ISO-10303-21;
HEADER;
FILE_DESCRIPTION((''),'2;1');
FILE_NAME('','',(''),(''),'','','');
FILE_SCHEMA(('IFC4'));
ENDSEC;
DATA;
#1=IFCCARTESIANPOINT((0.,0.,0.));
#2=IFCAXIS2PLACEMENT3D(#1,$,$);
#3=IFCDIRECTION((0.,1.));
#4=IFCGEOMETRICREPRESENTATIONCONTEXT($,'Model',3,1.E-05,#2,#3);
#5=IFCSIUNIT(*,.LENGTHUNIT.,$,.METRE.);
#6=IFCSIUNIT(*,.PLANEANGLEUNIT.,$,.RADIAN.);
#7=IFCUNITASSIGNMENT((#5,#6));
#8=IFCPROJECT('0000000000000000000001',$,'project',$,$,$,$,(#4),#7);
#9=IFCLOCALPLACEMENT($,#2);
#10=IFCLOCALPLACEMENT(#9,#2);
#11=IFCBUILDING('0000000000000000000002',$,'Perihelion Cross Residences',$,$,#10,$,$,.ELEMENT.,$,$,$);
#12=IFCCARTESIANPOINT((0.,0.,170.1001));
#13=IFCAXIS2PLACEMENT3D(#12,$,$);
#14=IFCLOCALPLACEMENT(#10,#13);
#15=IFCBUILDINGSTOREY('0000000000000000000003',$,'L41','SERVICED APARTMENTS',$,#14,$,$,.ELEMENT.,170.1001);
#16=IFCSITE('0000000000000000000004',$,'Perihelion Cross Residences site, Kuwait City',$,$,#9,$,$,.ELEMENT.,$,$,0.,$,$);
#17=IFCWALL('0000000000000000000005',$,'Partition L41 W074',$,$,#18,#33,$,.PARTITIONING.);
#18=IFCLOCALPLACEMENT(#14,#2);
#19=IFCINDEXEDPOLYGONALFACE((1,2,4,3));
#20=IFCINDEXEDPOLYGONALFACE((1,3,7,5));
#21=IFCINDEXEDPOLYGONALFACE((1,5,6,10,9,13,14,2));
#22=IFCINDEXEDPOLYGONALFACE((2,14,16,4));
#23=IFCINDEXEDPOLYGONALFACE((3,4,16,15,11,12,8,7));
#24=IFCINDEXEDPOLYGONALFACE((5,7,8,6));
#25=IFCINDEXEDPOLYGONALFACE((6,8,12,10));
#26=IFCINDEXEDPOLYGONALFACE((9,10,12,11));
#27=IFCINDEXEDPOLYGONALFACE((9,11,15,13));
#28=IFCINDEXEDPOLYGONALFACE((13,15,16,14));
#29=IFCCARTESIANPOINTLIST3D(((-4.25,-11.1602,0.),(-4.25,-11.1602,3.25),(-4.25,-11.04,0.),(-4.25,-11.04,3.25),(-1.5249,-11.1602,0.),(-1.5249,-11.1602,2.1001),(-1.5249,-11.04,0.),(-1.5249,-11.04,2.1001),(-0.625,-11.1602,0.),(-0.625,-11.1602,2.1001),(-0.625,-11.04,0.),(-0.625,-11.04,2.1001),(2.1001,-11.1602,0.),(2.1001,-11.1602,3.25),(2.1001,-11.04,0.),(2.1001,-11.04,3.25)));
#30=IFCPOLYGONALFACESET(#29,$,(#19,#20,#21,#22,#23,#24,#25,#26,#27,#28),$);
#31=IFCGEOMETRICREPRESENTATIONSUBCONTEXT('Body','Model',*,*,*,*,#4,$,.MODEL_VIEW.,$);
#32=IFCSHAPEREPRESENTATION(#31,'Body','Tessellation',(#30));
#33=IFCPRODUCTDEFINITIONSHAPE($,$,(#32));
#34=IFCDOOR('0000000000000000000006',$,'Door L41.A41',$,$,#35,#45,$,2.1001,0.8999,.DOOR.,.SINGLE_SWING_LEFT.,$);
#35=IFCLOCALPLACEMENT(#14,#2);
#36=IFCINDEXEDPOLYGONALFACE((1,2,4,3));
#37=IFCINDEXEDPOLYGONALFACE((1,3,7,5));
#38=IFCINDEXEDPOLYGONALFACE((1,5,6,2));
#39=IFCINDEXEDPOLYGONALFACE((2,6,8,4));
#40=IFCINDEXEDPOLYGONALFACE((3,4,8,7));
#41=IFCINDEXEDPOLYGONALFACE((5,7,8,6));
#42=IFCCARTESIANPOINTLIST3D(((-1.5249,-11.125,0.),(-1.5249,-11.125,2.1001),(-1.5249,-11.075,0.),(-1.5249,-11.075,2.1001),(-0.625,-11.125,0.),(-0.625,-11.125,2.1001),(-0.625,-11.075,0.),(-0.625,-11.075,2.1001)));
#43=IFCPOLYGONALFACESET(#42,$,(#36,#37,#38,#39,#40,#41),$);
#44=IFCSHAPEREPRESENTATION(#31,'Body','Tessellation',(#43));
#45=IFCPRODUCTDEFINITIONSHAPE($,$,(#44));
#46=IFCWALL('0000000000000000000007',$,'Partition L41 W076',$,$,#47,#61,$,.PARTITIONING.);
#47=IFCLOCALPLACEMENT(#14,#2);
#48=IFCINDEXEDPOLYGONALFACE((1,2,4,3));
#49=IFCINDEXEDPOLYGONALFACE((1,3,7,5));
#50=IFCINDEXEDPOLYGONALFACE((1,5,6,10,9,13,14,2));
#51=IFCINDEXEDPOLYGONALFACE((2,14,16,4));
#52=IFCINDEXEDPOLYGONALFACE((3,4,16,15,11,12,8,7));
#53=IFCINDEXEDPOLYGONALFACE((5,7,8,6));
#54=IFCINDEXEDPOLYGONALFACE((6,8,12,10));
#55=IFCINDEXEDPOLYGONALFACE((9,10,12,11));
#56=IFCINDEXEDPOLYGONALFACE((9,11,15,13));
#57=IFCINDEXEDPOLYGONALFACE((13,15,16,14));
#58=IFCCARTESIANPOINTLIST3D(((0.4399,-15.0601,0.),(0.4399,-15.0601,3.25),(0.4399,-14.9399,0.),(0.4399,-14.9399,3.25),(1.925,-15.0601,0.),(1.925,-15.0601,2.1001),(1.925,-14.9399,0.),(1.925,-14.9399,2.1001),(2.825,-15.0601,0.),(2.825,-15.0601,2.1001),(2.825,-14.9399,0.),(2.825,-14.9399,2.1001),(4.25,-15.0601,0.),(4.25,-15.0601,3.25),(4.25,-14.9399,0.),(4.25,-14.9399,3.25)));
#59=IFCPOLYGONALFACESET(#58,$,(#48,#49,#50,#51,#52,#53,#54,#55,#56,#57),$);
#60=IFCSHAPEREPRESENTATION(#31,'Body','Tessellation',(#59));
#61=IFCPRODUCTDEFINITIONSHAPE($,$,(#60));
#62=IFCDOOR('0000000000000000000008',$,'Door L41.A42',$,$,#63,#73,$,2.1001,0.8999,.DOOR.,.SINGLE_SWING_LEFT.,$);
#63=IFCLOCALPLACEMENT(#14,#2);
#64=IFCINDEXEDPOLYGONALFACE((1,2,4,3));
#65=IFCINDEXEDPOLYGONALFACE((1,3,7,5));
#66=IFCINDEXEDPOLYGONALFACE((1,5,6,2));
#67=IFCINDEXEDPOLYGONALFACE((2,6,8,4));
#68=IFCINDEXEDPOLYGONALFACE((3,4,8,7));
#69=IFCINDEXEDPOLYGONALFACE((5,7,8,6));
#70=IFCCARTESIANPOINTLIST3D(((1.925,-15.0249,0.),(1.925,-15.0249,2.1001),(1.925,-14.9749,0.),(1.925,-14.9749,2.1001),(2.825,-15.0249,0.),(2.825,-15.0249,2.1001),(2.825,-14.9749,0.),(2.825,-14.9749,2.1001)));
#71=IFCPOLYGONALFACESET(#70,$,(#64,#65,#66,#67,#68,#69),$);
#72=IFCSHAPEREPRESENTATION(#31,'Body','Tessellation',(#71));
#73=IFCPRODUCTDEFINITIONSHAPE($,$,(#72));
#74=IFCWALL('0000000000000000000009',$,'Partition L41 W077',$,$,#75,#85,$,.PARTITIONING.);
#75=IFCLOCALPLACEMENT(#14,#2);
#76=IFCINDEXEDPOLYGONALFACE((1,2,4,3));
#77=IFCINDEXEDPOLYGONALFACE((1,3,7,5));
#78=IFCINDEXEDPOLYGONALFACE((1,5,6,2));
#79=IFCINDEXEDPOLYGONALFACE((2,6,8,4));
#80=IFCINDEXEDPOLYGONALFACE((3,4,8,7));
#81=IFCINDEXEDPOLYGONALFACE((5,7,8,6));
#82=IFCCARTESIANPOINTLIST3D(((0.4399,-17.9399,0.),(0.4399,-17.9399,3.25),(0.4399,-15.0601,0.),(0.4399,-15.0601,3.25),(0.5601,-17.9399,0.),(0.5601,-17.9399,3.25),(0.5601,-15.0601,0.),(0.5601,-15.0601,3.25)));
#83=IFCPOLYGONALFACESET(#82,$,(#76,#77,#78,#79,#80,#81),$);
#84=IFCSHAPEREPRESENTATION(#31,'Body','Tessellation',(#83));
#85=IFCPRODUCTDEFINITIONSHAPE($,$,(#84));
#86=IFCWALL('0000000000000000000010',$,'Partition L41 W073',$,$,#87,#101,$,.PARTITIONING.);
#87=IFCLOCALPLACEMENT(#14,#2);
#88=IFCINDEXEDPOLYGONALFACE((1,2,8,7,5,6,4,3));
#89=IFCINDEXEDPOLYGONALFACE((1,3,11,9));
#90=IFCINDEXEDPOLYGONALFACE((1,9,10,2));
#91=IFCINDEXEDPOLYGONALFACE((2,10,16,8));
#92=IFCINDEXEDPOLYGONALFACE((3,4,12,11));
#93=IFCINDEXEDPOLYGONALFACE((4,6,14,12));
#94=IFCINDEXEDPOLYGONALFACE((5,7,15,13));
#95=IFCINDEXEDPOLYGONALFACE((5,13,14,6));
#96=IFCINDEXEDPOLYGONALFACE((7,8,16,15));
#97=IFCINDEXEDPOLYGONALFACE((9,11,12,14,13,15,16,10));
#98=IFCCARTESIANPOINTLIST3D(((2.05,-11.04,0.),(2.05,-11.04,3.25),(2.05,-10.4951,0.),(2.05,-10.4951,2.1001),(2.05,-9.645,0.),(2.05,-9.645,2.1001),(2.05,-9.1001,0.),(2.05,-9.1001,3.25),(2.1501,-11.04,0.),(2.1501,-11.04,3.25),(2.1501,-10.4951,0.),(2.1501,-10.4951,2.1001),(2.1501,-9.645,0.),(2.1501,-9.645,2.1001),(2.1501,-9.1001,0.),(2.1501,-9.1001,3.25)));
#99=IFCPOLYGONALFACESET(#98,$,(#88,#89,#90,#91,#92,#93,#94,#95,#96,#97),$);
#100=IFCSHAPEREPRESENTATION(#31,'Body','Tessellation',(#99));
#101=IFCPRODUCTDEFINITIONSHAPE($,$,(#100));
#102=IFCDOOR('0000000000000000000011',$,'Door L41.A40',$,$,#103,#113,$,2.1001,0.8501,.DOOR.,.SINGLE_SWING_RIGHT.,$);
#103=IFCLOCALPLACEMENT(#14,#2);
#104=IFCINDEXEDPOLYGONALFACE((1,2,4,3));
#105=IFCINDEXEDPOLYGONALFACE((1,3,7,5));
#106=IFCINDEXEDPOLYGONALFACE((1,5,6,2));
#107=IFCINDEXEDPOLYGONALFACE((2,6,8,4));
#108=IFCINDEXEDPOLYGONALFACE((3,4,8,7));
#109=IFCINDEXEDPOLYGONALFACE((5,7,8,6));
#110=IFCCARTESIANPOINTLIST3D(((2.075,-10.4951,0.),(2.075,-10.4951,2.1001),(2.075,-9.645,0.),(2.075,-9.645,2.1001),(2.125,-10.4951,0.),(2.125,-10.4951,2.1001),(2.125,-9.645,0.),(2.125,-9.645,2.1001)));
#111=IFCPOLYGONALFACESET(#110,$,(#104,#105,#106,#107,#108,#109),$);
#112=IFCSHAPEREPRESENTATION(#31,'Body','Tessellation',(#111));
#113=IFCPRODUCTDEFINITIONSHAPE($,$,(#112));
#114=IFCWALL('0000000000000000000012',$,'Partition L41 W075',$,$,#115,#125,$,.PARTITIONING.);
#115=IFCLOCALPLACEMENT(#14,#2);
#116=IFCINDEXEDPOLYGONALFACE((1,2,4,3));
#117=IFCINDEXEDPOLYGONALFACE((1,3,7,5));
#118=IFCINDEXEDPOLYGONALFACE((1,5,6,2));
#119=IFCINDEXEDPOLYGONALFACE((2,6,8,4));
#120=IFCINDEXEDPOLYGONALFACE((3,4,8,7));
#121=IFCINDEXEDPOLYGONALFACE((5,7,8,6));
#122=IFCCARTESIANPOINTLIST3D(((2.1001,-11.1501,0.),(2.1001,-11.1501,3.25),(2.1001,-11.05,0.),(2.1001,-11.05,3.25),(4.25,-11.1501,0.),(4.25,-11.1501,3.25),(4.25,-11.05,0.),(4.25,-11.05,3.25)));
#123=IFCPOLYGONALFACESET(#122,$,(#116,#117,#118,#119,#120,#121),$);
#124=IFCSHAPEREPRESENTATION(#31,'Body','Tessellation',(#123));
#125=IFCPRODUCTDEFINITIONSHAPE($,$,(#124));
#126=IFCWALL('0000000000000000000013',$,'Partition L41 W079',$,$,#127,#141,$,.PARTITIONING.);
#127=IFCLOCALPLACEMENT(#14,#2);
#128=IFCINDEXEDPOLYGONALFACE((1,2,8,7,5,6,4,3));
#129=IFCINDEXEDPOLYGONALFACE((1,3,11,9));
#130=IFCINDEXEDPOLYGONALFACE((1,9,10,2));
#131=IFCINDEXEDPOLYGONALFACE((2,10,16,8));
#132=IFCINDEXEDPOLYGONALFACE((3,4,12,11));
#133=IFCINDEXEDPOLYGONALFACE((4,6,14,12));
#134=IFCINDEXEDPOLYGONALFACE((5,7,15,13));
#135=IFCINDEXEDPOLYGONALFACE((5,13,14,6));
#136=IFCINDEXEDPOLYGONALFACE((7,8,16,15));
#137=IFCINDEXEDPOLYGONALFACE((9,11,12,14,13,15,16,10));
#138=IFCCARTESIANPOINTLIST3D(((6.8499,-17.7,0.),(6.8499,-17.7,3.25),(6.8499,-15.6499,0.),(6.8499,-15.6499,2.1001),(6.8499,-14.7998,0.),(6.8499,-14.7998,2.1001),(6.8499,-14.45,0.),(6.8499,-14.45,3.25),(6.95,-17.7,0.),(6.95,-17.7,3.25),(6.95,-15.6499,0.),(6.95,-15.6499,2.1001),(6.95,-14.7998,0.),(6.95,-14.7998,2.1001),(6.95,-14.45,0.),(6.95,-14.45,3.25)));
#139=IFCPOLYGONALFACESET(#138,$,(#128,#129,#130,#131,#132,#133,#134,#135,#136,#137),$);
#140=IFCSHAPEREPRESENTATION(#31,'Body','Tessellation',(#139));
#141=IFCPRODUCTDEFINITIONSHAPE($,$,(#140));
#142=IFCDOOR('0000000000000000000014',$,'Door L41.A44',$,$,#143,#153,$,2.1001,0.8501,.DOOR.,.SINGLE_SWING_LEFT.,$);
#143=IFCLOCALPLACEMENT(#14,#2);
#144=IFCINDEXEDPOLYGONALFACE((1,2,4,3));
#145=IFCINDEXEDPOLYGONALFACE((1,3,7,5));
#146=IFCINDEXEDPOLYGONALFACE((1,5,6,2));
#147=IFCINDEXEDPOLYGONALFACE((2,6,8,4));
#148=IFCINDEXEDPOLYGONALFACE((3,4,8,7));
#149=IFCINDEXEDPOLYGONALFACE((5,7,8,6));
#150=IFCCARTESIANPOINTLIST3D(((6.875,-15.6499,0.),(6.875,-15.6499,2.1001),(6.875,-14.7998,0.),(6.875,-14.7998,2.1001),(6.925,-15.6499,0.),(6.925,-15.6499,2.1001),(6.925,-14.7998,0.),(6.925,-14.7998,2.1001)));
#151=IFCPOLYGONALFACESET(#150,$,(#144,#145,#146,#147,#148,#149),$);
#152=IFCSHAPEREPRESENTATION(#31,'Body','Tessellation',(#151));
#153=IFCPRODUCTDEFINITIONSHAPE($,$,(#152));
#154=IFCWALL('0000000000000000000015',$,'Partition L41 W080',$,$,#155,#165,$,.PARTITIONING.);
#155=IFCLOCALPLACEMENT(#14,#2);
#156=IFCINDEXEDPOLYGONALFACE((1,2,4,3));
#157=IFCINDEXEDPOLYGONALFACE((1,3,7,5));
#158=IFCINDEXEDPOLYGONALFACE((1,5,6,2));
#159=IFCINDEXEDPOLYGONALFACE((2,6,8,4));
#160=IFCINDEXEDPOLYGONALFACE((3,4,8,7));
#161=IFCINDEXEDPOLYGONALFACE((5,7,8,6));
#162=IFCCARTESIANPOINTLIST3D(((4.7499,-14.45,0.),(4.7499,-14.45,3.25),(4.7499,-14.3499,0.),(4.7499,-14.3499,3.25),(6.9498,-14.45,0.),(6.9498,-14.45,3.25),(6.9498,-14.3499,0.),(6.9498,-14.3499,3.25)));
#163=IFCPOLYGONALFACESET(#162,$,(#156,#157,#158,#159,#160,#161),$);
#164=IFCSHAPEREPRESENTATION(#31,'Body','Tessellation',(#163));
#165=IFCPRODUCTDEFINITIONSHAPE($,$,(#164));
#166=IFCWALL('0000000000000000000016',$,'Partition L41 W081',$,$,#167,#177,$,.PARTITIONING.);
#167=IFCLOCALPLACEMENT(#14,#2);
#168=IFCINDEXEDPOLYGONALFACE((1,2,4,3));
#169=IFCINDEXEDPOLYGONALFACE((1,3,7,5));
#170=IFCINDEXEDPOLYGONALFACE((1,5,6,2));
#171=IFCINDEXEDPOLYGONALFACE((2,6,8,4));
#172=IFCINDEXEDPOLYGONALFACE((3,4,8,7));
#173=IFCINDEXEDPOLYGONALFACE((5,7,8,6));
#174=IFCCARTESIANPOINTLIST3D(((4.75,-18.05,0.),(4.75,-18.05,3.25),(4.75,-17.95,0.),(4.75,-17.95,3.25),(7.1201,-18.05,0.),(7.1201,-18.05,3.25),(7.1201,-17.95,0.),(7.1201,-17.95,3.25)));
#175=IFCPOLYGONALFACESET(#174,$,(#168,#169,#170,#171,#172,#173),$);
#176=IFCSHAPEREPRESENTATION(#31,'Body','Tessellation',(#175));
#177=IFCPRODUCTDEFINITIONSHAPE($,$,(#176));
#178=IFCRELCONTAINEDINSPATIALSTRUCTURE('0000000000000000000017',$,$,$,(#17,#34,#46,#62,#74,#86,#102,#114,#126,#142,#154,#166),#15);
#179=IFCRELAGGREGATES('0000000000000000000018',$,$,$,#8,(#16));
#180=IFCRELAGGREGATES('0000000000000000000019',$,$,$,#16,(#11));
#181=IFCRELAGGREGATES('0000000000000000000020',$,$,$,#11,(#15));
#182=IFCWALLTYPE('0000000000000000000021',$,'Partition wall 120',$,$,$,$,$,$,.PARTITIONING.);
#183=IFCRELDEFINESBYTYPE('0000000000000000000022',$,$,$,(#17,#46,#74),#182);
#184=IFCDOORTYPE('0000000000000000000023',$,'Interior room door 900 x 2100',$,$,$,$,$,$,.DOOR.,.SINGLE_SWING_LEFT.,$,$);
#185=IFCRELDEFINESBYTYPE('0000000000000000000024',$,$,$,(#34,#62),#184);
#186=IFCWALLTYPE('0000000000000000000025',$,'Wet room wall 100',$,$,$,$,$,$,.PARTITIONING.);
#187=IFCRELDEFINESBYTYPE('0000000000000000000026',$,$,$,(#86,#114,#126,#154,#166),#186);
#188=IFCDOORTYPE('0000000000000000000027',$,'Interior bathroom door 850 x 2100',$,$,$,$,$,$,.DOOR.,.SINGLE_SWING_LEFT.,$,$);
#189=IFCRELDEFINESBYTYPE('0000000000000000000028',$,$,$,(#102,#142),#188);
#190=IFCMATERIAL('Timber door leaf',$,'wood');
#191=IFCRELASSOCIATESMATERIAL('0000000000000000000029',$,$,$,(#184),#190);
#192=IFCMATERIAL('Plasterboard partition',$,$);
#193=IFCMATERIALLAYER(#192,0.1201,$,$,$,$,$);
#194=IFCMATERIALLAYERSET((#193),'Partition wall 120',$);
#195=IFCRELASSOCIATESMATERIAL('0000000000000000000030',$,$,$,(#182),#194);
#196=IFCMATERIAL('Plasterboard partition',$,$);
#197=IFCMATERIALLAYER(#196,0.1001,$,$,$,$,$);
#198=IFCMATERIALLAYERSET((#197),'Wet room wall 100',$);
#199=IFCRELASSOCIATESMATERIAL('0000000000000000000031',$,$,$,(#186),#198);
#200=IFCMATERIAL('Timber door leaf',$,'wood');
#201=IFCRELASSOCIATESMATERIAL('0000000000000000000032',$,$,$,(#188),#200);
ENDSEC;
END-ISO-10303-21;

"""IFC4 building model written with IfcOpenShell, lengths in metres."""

from ifc_helpers import new_model, si_unit, direction, frame, frame_2d, origin, place, context, subcontext, project, spatial, rectangle, extrude, material, layer, layer_set, type_object, element, fill, save


model = new_model("IFC4")

# Units and contexts
model_context = context("Model", 3, precision=1e-05, world=origin(), true_north=direction((0.0, 1.0)))
body_context = subcontext(model_context, "Body", "Model", "MODEL_VIEW")
ifc_project = project(units=[si_unit("LENGTHUNIT", "METRE"), si_unit("PLANEANGLEUNIT", "RADIAN")], contexts=[model_context])

# Site, building, storey
site_placement = place(None, origin())
site = spatial("IfcSite", under=ifc_project, at=site_placement, Name="Perihelion Cross Residences site, Kuwait City", CompositionType="ELEMENT", RefElevation=0.0)
building_placement = place(site_placement, origin())
building = spatial("IfcBuilding", under=site, at=building_placement, Name="Perihelion Cross Residences", CompositionType="ELEMENT")
storey_placement = place(building_placement, frame((0.0, 0.0, 170.1001)))
storey = spatial("IfcBuildingStorey", under=building, at=storey_placement, Name="L41", Description="SERVICED APARTMENTS", CompositionType="ELEMENT", Elevation=170.1001)

# Walls, openings, doors
ifc_material_1 = material(Name="Timber door leaf", Category="wood")
door_type_1 = type_object("IfcDoorType", Name="Interior room door 900 x 2100", OperationType="SINGLE_SWING_LEFT", PredefinedType="DOOR", material=ifc_material_1)
ifc_material_2 = material(Name="Plasterboard partition")
ifc_layer_1 = layer(ifc_material_2, 0.1201)
ifc_layer_set_1 = layer_set([ifc_layer_1], Name="Partition wall 120")
wall_type_1 = type_object("IfcWallType", Name="Partition wall 120", PredefinedType="PARTITIONING", material=ifc_layer_set_1)
wall_1_placement = place(storey_placement, frame((2.1001, -11.1001, 0.0), z_axis=(0.0, 0.0, 1.0), x_axis=(-1.0, 0.0, 0.0)))
wall_1 = element("IfcWall", 1, at=wall_1_placement, inside=storey, type_object=wall_type_1, Name="Partition L41 W074", PredefinedType="PARTITIONING", context=body_context, shape_type="SweptSolid", body=[
    extrude(rectangle(XDim=6.3501, YDim=0.1201, at=frame_2d((3.175, 0.0))), origin(), (0.0, 0.0, 1.0), 3.25),
])
opening_1_placement = place(wall_1_placement, frame((2.7251, 0.0, 0.0)))
opening_1 = element("IfcOpeningElement", 2, at=opening_1_placement, cuts=wall_1, PredefinedType="OPENING", context=body_context, shape_type="SweptSolid", body=[
    extrude(rectangle(XDim=0.8999, YDim=2.1001, at=frame_2d((0.45, 1.05))), frame((0.0, 0.0701, 0.0), z_axis=(0.0, -1.0, 0.0), x_axis=(1.0, 0.0, 0.0)), (0.0, 0.0, 1.0), 0.1401),
])
door_1_placement = place(opening_1_placement, origin())
door_1 = element("IfcDoor", 3, at=door_1_placement, inside=storey, type_object=door_type_1, Name="Door L41.A41", OperationType="SINGLE_SWING_LEFT", OverallHeight=2.1001, OverallWidth=0.8999, PredefinedType="DOOR", context=body_context, shape_type="SweptSolid", body=[
    extrude(rectangle(XDim=0.8999, YDim=2.1001, at=frame_2d((0.45, 1.05))), frame((0.0, 0.0249, 0.0), z_axis=(0.0, -1.0, 0.0), x_axis=(1.0, 0.0, 0.0)), (0.0, 0.0, 1.0), 0.05),
])
fill(opening_1, door_1)
wall_2_placement = place(storey_placement, frame((4.25, -15.0, 0.0), z_axis=(0.0, 0.0, 1.0), x_axis=(-1.0, 0.0, 0.0)))
wall_2 = element("IfcWall", 4, at=wall_2_placement, inside=storey, type_object=wall_type_1, Name="Partition L41 W076", PredefinedType="PARTITIONING", context=body_context, shape_type="SweptSolid", body=[
    extrude(rectangle(XDim=3.8101, YDim=0.1201, at=frame_2d((1.905, 0.0))), origin(), (0.0, 0.0, 1.0), 3.25),
])
opening_2_placement = place(wall_2_placement, frame((1.425, 0.0, 0.0)))
opening_2 = element("IfcOpeningElement", 5, at=opening_2_placement, cuts=wall_2, PredefinedType="OPENING", context=body_context, shape_type="SweptSolid", body=[
    extrude(rectangle(XDim=0.8999, YDim=2.1001, at=frame_2d((0.45, 1.05))), frame((0.0, 0.0701, 0.0), z_axis=(0.0, -1.0, 0.0), x_axis=(1.0, 0.0, 0.0)), (0.0, 0.0, 1.0), 0.1401),
])
door_2_placement = place(opening_2_placement, origin())
door_2 = element("IfcDoor", 6, at=door_2_placement, inside=storey, type_object=door_type_1, Name="Door L41.A42", OperationType="SINGLE_SWING_LEFT", OverallHeight=2.1001, OverallWidth=0.8999, PredefinedType="DOOR", context=body_context, shape_type="SweptSolid", body=[
    extrude(rectangle(XDim=0.8999, YDim=2.1001, at=frame_2d((0.45, 1.05))), frame((0.0, 0.0249, 0.0), z_axis=(0.0, -1.0, 0.0), x_axis=(1.0, 0.0, 0.0)), (0.0, 0.0, 1.0), 0.05),
])
fill(opening_2, door_2)

# Wall
wall_3_placement = place(storey_placement, frame((0.5, -15.0601, 0.0), z_axis=(0.0, 0.0, 1.0), x_axis=(0.0, -1.0, 0.0)))
element("IfcWall", 7, at=wall_3_placement, inside=storey, type_object=wall_type_1, Name="Partition L41 W077", PredefinedType="PARTITIONING", context=body_context, shape_type="SweptSolid", body=[
    extrude(rectangle(XDim=2.8799, YDim=0.1201, at=frame_2d((1.4399, 0.0))), origin(), (0.0, 0.0, 1.0), 3.25),
])

# Wall, opening, door
ifc_material_3 = material(Name="Plasterboard partition")
ifc_layer_2 = layer(ifc_material_3, 0.1001)
ifc_layer_set_2 = layer_set([ifc_layer_2], Name="Wet room wall 100")
wall_type_2 = type_object("IfcWallType", Name="Wet room wall 100", PredefinedType="PARTITIONING", material=ifc_layer_set_2)
wall_4_placement = place(storey_placement, frame((2.1001, -9.1001, 0.0), z_axis=(0.0, 0.0, 1.0), x_axis=(0.0, -1.0, 0.0)))
wall_4 = element("IfcWall", 8, at=wall_4_placement, inside=storey, type_object=wall_type_2, Name="Partition L41 W073", PredefinedType="PARTITIONING", context=body_context, shape_type="SweptSolid", body=[
    extrude(rectangle(XDim=1.9399, YDim=0.1001, at=frame_2d((0.97, 0.0))), origin(), (0.0, 0.0, 1.0), 3.25),
])
opening_3_placement = place(wall_4_placement, frame((0.5449, 0.0, 0.0)))
opening_3 = element("IfcOpeningElement", 9, at=opening_3_placement, cuts=wall_4, PredefinedType="OPENING", context=body_context, shape_type="SweptSolid", body=[
    extrude(rectangle(XDim=0.8501, YDim=2.1001, at=frame_2d((0.425, 1.05))), frame((0.0, 0.0601, 0.0), z_axis=(0.0, -1.0, 0.0), x_axis=(1.0, 0.0, 0.0)), (0.0, 0.0, 1.0), 0.1201),
])
ifc_material_4 = material(Name="Timber door leaf", Category="wood")
door_type_2 = type_object("IfcDoorType", Name="Interior bathroom door 850 x 2100", OperationType="SINGLE_SWING_LEFT", PredefinedType="DOOR", material=ifc_material_4)
door_3_placement = place(opening_3_placement, origin())
door_3 = element("IfcDoor", 10, at=door_3_placement, inside=storey, type_object=door_type_2, Name="Door L41.A40", OperationType="SINGLE_SWING_RIGHT", OverallHeight=2.1001, OverallWidth=0.8501, PredefinedType="DOOR", context=body_context, shape_type="SweptSolid", body=[
    extrude(rectangle(XDim=0.8501, YDim=2.1001, at=frame_2d((0.425, 1.05))), frame((0.0, 0.0249, 0.0), z_axis=(0.0, -1.0, 0.0), x_axis=(1.0, 0.0, 0.0)), (0.0, 0.0, 1.0), 0.05),
])
fill(opening_3, door_3)

# Wall
wall_5_placement = place(storey_placement, frame((4.25, -11.1001, 0.0), z_axis=(0.0, 0.0, 1.0), x_axis=(-1.0, 0.0, 0.0)))
element("IfcWall", 11, at=wall_5_placement, inside=storey, type_object=wall_type_2, Name="Partition L41 W075", PredefinedType="PARTITIONING", context=body_context, shape_type="SweptSolid", body=[
    extrude(rectangle(XDim=2.1499, YDim=0.1001, at=frame_2d((1.075, 0.0))), origin(), (0.0, 0.0, 1.0), 3.25),
])

# Wall, opening, door
wall_6_placement = place(storey_placement, frame((6.8999, -17.7, 0.0), z_axis=(0.0, 0.0, 1.0), x_axis=(0.0, 1.0, 0.0)))
wall_6 = element("IfcWall", 12, at=wall_6_placement, inside=storey, type_object=wall_type_2, Name="Partition L41 W079", PredefinedType="PARTITIONING", context=body_context, shape_type="SweptSolid", body=[
    extrude(rectangle(XDim=3.25, YDim=0.1001, at=frame_2d((1.625, 0.0))), origin(), (0.0, 0.0, 1.0), 3.25),
])
opening_4_placement = place(wall_6_placement, frame((2.05, 0.0, 0.0)))
opening_4 = element("IfcOpeningElement", 13, at=opening_4_placement, cuts=wall_6, PredefinedType="OPENING", context=body_context, shape_type="SweptSolid", body=[
    extrude(rectangle(XDim=0.8501, YDim=2.1001, at=frame_2d((0.425, 1.05))), frame((0.0, 0.0601, 0.0), z_axis=(0.0, -1.0, 0.0), x_axis=(1.0, 0.0, 0.0)), (0.0, 0.0, 1.0), 0.1201),
])
door_4_placement = place(opening_4_placement, origin())
door_4 = element("IfcDoor", 14, at=door_4_placement, inside=storey, type_object=door_type_2, Name="Door L41.A44", OperationType="SINGLE_SWING_LEFT", OverallHeight=2.1001, OverallWidth=0.8501, PredefinedType="DOOR", context=body_context, shape_type="SweptSolid", body=[
    extrude(rectangle(XDim=0.8501, YDim=2.1001, at=frame_2d((0.425, 1.05))), frame((0.0, 0.0249, 0.0), z_axis=(0.0, -1.0, 0.0), x_axis=(1.0, 0.0, 0.0)), (0.0, 0.0, 1.0), 0.05),
])
fill(opening_4, door_4)

# Walls
wall_7_placement = place(storey_placement, frame((6.95, -14.3999, 0.0), z_axis=(0.0, 0.0, 1.0), x_axis=(-1.0, 0.0, 0.0)))
element("IfcWall", 15, at=wall_7_placement, inside=storey, type_object=wall_type_2, Name="Partition L41 W080", PredefinedType="PARTITIONING", context=body_context, shape_type="SweptSolid", body=[
    extrude(rectangle(XDim=2.2, YDim=0.1001, at=frame_2d((1.1001, 0.0))), origin(), (0.0, 0.0, 1.0), 3.25),
])
wall_8_placement = place(storey_placement, frame((7.1201, -18.0, 0.0), z_axis=(0.0, 0.0, 1.0), x_axis=(-1.0, 0.0, 0.0)))
element("IfcWall", 16, at=wall_8_placement, inside=storey, type_object=wall_type_2, Name="Partition L41 W081", PredefinedType="PARTITIONING", context=body_context, shape_type="SweptSolid", body=[
    extrude(rectangle(XDim=2.3701, YDim=0.1001, at=frame_2d((1.1851, 0.0))), origin(), (0.0, 0.0, 1.0), 3.25),
])

save(model, "model.ifc")
